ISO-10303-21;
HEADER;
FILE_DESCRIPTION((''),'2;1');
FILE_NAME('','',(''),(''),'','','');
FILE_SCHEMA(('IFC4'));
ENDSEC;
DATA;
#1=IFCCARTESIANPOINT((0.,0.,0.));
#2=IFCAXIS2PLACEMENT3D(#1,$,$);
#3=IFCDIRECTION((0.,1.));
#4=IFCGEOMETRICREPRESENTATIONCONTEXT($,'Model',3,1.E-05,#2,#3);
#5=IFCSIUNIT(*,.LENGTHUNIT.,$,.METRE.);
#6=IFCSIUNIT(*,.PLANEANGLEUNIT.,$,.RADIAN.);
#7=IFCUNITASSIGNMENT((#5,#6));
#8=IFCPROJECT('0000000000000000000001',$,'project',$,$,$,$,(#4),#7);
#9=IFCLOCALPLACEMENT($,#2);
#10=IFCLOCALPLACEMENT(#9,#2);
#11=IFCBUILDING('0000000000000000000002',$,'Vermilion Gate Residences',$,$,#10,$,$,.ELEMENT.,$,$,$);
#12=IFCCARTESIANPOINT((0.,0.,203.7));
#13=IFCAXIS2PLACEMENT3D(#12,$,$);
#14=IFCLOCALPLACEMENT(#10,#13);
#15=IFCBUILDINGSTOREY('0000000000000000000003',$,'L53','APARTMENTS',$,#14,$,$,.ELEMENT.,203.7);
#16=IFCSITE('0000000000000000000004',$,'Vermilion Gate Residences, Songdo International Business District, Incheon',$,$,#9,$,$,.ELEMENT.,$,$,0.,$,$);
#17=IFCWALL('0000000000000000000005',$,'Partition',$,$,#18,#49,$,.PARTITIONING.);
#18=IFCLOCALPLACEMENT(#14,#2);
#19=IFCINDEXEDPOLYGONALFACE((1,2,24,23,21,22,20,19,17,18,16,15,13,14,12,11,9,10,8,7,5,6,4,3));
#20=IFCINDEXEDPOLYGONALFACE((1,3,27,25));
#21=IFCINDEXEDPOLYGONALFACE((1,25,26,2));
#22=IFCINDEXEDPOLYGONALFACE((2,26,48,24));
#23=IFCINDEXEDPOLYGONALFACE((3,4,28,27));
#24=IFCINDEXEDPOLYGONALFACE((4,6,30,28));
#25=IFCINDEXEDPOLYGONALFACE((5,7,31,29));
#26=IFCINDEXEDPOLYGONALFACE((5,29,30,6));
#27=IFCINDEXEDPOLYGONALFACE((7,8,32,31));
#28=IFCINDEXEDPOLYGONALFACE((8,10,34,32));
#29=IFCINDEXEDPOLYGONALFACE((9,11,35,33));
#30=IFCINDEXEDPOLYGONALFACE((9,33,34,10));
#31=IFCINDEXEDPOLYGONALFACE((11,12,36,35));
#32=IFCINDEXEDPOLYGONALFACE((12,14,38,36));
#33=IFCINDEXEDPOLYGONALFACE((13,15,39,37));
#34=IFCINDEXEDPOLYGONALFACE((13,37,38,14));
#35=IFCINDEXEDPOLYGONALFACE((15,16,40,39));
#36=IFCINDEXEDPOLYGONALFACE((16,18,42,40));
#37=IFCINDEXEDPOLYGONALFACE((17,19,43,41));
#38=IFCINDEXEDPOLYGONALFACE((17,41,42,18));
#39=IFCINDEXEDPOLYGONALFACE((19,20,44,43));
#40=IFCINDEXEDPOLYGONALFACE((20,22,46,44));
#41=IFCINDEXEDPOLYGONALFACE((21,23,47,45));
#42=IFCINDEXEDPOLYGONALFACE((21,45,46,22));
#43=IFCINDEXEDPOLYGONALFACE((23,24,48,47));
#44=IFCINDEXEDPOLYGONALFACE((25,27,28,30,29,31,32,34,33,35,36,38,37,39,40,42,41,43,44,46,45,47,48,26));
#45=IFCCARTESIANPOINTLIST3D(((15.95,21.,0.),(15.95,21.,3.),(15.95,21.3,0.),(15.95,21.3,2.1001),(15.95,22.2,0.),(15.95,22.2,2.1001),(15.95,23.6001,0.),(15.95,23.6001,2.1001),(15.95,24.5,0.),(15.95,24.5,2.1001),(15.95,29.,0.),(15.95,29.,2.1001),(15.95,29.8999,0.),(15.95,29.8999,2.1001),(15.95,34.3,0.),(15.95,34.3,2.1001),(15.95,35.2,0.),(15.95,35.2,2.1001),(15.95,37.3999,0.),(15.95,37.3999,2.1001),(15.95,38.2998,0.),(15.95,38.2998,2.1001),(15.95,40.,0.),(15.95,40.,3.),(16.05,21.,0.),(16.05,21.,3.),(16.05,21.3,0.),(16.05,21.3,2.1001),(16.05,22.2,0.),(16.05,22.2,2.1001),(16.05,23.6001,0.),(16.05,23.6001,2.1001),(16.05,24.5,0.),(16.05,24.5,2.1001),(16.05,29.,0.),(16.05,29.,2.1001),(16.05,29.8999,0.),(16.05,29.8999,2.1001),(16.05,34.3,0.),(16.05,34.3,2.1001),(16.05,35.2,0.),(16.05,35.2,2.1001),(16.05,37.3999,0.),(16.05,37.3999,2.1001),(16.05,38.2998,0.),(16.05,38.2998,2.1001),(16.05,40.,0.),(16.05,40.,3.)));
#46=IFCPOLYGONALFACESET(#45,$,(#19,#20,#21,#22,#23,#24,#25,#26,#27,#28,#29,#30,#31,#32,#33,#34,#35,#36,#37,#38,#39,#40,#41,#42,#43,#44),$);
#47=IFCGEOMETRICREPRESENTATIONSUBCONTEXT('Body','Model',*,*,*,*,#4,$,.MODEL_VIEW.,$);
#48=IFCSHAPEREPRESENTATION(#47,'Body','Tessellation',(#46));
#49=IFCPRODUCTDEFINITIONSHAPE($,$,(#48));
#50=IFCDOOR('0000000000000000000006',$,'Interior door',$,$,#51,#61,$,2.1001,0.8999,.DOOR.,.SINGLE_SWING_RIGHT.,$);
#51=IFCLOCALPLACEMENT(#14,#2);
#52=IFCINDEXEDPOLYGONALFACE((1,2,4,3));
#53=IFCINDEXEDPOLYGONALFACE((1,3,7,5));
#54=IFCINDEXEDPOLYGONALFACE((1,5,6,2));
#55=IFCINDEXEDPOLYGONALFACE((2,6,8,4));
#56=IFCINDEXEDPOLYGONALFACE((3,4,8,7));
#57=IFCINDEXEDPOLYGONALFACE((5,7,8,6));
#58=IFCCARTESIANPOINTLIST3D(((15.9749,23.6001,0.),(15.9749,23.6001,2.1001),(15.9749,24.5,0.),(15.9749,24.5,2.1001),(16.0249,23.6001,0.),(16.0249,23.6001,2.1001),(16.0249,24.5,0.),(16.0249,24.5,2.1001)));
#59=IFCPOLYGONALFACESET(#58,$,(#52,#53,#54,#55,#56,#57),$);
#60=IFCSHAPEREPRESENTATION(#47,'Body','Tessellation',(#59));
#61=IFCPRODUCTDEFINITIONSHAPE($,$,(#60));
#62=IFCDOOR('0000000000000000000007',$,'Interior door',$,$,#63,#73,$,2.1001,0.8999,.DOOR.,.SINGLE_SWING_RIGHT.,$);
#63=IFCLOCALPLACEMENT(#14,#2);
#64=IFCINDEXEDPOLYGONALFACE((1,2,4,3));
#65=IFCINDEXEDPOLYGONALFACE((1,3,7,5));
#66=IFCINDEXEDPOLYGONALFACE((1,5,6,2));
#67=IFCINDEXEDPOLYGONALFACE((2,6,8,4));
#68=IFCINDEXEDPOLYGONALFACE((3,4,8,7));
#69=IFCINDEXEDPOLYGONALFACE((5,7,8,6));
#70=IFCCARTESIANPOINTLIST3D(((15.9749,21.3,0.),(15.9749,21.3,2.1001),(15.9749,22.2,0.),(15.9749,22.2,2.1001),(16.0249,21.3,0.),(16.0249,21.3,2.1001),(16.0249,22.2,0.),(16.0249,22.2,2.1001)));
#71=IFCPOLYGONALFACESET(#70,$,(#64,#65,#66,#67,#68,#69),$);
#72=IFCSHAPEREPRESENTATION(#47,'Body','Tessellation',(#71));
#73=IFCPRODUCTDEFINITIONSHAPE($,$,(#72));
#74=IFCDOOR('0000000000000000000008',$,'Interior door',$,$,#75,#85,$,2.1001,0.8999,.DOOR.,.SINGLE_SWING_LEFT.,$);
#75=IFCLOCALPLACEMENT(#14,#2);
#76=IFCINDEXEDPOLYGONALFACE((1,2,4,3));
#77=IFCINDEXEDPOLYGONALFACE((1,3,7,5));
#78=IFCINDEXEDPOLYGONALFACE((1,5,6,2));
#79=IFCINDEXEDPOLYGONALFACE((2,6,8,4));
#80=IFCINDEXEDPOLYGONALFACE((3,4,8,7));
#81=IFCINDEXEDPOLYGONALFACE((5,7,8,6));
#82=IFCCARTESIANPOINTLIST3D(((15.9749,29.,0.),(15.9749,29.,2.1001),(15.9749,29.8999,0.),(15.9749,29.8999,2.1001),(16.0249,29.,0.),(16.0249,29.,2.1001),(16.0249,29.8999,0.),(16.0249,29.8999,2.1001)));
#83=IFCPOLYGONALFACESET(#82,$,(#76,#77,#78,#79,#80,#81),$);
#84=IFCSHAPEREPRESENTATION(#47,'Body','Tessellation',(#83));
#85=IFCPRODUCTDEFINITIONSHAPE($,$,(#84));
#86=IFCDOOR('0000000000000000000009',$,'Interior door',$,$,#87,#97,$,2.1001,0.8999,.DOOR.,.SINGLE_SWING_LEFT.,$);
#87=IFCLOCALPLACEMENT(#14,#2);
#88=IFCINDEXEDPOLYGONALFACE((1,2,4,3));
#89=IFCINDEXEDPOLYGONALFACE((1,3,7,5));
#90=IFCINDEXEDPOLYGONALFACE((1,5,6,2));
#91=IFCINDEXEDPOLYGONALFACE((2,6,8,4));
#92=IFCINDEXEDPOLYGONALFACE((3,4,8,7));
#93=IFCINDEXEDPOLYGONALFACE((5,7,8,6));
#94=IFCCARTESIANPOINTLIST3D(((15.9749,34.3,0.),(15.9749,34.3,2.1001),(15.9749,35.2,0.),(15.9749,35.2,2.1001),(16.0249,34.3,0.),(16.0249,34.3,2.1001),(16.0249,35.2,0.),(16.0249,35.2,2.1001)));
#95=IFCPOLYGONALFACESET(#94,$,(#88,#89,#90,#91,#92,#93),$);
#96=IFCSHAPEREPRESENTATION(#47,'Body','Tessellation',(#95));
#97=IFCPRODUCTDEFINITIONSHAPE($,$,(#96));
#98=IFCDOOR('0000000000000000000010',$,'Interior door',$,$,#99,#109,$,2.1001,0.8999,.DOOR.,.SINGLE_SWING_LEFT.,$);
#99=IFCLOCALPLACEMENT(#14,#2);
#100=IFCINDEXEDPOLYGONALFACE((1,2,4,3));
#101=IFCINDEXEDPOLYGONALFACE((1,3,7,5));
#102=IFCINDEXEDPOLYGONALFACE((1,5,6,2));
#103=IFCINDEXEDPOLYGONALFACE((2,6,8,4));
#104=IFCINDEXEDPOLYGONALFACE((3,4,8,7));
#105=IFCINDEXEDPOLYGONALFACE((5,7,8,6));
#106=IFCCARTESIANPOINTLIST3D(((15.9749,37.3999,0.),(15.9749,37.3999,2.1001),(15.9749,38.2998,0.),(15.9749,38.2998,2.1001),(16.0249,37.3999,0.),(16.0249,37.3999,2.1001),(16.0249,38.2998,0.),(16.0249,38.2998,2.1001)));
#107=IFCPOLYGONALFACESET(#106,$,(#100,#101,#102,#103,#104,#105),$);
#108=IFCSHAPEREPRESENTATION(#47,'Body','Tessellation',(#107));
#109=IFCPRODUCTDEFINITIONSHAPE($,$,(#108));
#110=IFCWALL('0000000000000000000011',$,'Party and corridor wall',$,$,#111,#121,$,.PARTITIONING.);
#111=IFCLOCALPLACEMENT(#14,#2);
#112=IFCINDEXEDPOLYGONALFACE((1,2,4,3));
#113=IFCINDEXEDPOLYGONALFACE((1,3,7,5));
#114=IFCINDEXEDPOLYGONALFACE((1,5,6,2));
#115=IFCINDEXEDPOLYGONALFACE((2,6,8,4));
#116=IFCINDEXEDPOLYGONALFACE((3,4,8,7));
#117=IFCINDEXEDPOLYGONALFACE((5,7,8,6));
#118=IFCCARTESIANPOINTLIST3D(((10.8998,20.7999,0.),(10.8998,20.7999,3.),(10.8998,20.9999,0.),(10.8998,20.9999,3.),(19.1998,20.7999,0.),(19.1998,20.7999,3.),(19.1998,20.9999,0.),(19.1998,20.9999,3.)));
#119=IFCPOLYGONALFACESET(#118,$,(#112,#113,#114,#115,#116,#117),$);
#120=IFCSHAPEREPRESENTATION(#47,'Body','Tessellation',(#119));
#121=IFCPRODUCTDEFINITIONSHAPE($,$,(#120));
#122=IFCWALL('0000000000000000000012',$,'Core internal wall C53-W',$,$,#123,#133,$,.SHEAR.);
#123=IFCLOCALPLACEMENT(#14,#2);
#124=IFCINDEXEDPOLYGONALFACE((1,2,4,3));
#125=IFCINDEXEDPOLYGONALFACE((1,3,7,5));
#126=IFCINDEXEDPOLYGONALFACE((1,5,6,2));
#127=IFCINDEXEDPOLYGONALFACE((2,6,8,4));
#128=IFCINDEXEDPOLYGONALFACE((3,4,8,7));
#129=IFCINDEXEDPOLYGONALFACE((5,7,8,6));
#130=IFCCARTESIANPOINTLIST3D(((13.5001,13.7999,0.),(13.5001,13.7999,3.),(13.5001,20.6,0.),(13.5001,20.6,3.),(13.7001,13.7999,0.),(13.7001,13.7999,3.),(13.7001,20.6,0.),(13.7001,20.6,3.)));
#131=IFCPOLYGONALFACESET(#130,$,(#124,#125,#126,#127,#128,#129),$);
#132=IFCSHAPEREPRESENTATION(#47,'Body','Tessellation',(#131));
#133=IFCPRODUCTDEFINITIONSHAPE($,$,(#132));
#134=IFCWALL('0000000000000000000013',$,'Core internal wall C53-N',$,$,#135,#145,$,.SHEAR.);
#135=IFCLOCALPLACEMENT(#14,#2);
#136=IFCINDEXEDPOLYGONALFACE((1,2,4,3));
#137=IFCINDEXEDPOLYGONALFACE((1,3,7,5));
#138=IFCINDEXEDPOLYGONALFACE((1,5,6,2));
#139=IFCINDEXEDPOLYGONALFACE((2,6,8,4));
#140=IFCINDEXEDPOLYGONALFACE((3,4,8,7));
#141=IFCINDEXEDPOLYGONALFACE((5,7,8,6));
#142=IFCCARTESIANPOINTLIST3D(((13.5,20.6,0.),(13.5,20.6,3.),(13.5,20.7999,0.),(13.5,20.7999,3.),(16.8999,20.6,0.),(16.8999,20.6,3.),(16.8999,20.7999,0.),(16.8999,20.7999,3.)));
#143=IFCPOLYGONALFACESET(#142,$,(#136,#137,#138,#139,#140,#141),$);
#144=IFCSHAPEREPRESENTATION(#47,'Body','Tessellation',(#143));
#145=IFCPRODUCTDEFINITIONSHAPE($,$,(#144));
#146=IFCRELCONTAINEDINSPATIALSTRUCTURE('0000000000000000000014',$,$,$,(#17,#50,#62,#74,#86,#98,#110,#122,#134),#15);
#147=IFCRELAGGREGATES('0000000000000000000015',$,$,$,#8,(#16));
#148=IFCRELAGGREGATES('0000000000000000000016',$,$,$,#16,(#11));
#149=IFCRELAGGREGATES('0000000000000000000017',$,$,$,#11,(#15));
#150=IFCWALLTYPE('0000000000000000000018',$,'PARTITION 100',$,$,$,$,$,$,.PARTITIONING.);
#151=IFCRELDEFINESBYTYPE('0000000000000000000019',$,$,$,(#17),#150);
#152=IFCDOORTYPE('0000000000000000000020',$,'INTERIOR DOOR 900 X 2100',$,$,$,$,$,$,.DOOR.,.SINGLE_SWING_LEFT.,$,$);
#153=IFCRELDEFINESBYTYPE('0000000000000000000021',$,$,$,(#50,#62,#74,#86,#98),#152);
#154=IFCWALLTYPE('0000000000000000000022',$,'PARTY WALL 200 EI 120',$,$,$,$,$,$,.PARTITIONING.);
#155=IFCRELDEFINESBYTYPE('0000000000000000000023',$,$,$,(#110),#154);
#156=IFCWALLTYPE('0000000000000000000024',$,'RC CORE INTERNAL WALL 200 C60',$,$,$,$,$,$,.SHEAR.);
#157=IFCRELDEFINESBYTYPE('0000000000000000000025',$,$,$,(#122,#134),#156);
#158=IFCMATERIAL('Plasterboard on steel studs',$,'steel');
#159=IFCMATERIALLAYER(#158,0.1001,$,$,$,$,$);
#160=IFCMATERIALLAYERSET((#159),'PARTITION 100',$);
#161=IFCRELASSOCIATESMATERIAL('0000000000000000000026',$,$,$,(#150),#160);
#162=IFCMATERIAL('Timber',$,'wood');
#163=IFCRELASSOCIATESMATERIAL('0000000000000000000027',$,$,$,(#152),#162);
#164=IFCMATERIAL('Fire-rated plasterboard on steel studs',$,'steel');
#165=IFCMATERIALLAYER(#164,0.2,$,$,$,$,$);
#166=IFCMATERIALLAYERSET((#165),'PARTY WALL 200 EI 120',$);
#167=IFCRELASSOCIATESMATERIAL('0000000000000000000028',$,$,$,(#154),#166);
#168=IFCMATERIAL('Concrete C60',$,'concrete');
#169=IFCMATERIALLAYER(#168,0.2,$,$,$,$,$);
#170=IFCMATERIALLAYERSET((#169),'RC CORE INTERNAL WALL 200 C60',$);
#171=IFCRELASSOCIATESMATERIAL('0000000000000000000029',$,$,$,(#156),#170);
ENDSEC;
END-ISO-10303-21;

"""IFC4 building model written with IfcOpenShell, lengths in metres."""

from ifc_helpers import new_model, si_unit, direction, frame, frame_2d, origin, place, context, subcontext, project, spatial, rectangle, extrude, material, layer, layer_set, type_object, element, fill, save


model = new_model("IFC4")

# Units and contexts
model_context = context("Model", 3, precision=1e-05, world=origin(), true_north=direction((0.0, 1.0)))
body_context = subcontext(model_context, "Body", "Model", "MODEL_VIEW")
ifc_project = project(units=[si_unit("LENGTHUNIT", "METRE"), si_unit("PLANEANGLEUNIT", "RADIAN")], contexts=[model_context])

# Site, building, storey
site_placement = place(None, origin())
site = spatial("IfcSite", under=ifc_project, at=site_placement, Name="Vermilion Gate Residences, Songdo International Business District, Incheon", CompositionType="ELEMENT", RefElevation=0.0)
building_placement = place(site_placement, origin())
building = spatial("IfcBuilding", under=site, at=building_placement, Name="Vermilion Gate Residences", CompositionType="ELEMENT")
storey_placement = place(building_placement, frame((0.0, 0.0, 203.7)))
storey = spatial("IfcBuildingStorey", under=building, at=storey_placement, Name="L53", Description="APARTMENTS", CompositionType="ELEMENT", Elevation=203.7)

# Wall, openings, doors
ifc_material_1 = material(Name="Plasterboard on steel studs", Category="steel")
ifc_layer_1 = layer(ifc_material_1, 0.1001)
ifc_layer_set_1 = layer_set([ifc_layer_1], Name="PARTITION 100")
wall_type_1 = type_object("IfcWallType", Name="PARTITION 100", PredefinedType="PARTITIONING", material=ifc_layer_set_1)
ifc_material_2 = material(Name="Timber", Category="wood")
door_type_1 = type_object("IfcDoorType", Name="INTERIOR DOOR 900 X 2100", OperationType="SINGLE_SWING_LEFT", PredefinedType="DOOR", material=ifc_material_2)
wall_1_placement = place(storey_placement, frame((16.0, 21.0, 0.0), z_axis=(0.0, 0.0, 1.0), x_axis=(0.0, 1.0, 0.0)))
wall_1 = element("IfcWall", 1, at=wall_1_placement, inside=storey, type_object=wall_type_1, Name="Partition", PredefinedType="PARTITIONING", context=body_context, shape_type="SweptSolid", body=[
    extrude(rectangle(XDim=19.0, YDim=0.1001, at=frame_2d((9.5, 0.0))), origin(), (0.0, 0.0, 1.0), 3.0),
])
opening_1_placement = place(wall_1_placement, frame((2.6001, 0.0, 0.0)))
opening_1 = element("IfcOpeningElement", 2, at=opening_1_placement, cuts=wall_1, PredefinedType="OPENING", context=body_context, shape_type="SweptSolid", body=[
    extrude(rectangle(XDim=0.8999, YDim=2.1001, at=frame_2d((0.45, 1.05))), frame((0.0, 0.0601, 0.0), z_axis=(0.0, -1.0, 0.0), x_axis=(1.0, 0.0, 0.0)), (0.0, 0.0, 1.0), 0.1201),
])
opening_2_placement = place(wall_1_placement, frame((0.3, 0.0, 0.0)))
opening_2 = element("IfcOpeningElement", 3, at=opening_2_placement, cuts=wall_1, PredefinedType="OPENING", context=body_context, shape_type="SweptSolid", body=[
    extrude(rectangle(XDim=0.8999, YDim=2.1001, at=frame_2d((0.45, 1.05))), frame((0.0, 0.0601, 0.0), z_axis=(0.0, -1.0, 0.0), x_axis=(1.0, 0.0, 0.0)), (0.0, 0.0, 1.0), 0.1201),
])
opening_3_placement = place(wall_1_placement, frame((8.0, 0.0, 0.0)))
opening_3 = element("IfcOpeningElement", 4, at=opening_3_placement, cuts=wall_1, PredefinedType="OPENING", context=body_context, shape_type="SweptSolid", body=[
    extrude(rectangle(XDim=0.8999, YDim=2.1001, at=frame_2d((0.45, 1.05))), frame((0.0, 0.0601, 0.0), z_axis=(0.0, -1.0, 0.0), x_axis=(1.0, 0.0, 0.0)), (0.0, 0.0, 1.0), 0.1201),
])
opening_4_placement = place(wall_1_placement, frame((13.3, 0.0, 0.0)))
opening_4 = element("IfcOpeningElement", 5, at=opening_4_placement, cuts=wall_1, PredefinedType="OPENING", context=body_context, shape_type="SweptSolid", body=[
    extrude(rectangle(XDim=0.8999, YDim=2.1001, at=frame_2d((0.45, 1.05))), frame((0.0, 0.0601, 0.0), z_axis=(0.0, -1.0, 0.0), x_axis=(1.0, 0.0, 0.0)), (0.0, 0.0, 1.0), 0.1201),
])
opening_5_placement = place(wall_1_placement, frame((16.3999, 0.0, 0.0)))
opening_5 = element("IfcOpeningElement", 6, at=opening_5_placement, cuts=wall_1, PredefinedType="OPENING", context=body_context, shape_type="SweptSolid", body=[
    extrude(rectangle(XDim=0.8999, YDim=2.1001, at=frame_2d((0.45, 1.05))), frame((0.0, 0.0601, 0.0), z_axis=(0.0, -1.0, 0.0), x_axis=(1.0, 0.0, 0.0)), (0.0, 0.0, 1.0), 0.1201),
])
door_1_placement = place(opening_1_placement, frame((0.8999, 0.0, 0.0), z_axis=(0.0, 0.0, 1.0), x_axis=(-1.0, 0.0, 0.0)))
door_1 = element("IfcDoor", 7, at=door_1_placement, inside=storey, type_object=door_type_1, Name="Interior door", OperationType="SINGLE_SWING_RIGHT", OverallHeight=2.1001, OverallWidth=0.8999, PredefinedType="DOOR", context=body_context, shape_type="SweptSolid", body=[
    extrude(rectangle(XDim=0.8999, YDim=2.1001, at=frame_2d((0.45, 1.05))), frame((0.0, 0.0249, 0.0), z_axis=(0.0, -1.0, 0.0), x_axis=(1.0, 0.0, 0.0)), (0.0, 0.0, 1.0), 0.05),
])
fill(opening_1, door_1)
door_2_placement = place(opening_2_placement, frame((0.8999, 0.0, 0.0), z_axis=(0.0, 0.0, 1.0), x_axis=(-1.0, 0.0, 0.0)))
door_2 = element("IfcDoor", 8, at=door_2_placement, inside=storey, type_object=door_type_1, Name="Interior door", OperationType="SINGLE_SWING_RIGHT", OverallHeight=2.1001, OverallWidth=0.8999, PredefinedType="DOOR", context=body_context, shape_type="SweptSolid", body=[
    extrude(rectangle(XDim=0.8999, YDim=2.1001, at=frame_2d((0.45, 1.05))), frame((0.0, 0.0249, 0.0), z_axis=(0.0, -1.0, 0.0), x_axis=(1.0, 0.0, 0.0)), (0.0, 0.0, 1.0), 0.05),
])
fill(opening_2, door_2)
door_3_placement = place(opening_3_placement, frame((0.8999, 0.0, 0.0), z_axis=(0.0, 0.0, 1.0), x_axis=(-1.0, 0.0, 0.0)))
door_3 = element("IfcDoor", 9, at=door_3_placement, inside=storey, type_object=door_type_1, Name="Interior door", OperationType="SINGLE_SWING_LEFT", OverallHeight=2.1001, OverallWidth=0.8999, PredefinedType="DOOR", context=body_context, shape_type="SweptSolid", body=[
    extrude(rectangle(XDim=0.8999, YDim=2.1001, at=frame_2d((0.45, 1.05))), frame((0.0, 0.0249, 0.0), z_axis=(0.0, -1.0, 0.0), x_axis=(1.0, 0.0, 0.0)), (0.0, 0.0, 1.0), 0.05),
])
fill(opening_3, door_3)
door_4_placement = place(opening_4_placement, frame((0.8999, 0.0, 0.0), z_axis=(0.0, 0.0, 1.0), x_axis=(-1.0, 0.0, 0.0)))
door_4 = element("IfcDoor", 10, at=door_4_placement, inside=storey, type_object=door_type_1, Name="Interior door", OperationType="SINGLE_SWING_LEFT", OverallHeight=2.1001, OverallWidth=0.8999, PredefinedType="DOOR", context=body_context, shape_type="SweptSolid", body=[
    extrude(rectangle(XDim=0.8999, YDim=2.1001, at=frame_2d((0.45, 1.05))), frame((0.0, 0.0249, 0.0), z_axis=(0.0, -1.0, 0.0), x_axis=(1.0, 0.0, 0.0)), (0.0, 0.0, 1.0), 0.05),
])
fill(opening_4, door_4)
door_5_placement = place(opening_5_placement, frame((0.8999, 0.0, 0.0), z_axis=(0.0, 0.0, 1.0), x_axis=(-1.0, 0.0, 0.0)))
door_5 = element("IfcDoor", 11, at=door_5_placement, inside=storey, type_object=door_type_1, Name="Interior door", OperationType="SINGLE_SWING_LEFT", OverallHeight=2.1001, OverallWidth=0.8999, PredefinedType="DOOR", context=body_context, shape_type="SweptSolid", body=[
    extrude(rectangle(XDim=0.8999, YDim=2.1001, at=frame_2d((0.45, 1.05))), frame((0.0, 0.0249, 0.0), z_axis=(0.0, -1.0, 0.0), x_axis=(1.0, 0.0, 0.0)), (0.0, 0.0, 1.0), 0.05),
])
fill(opening_5, door_5)

# Walls
ifc_material_3 = material(Name="Fire-rated plasterboard on steel studs", Category="steel")
ifc_layer_2 = layer(ifc_material_3, 0.2)
ifc_layer_set_2 = layer_set([ifc_layer_2], Name="PARTY WALL 200 EI 120")
wall_type_2 = type_object("IfcWallType", Name="PARTY WALL 200 EI 120", PredefinedType="PARTITIONING", material=ifc_layer_set_2)
wall_2_placement = place(storey_placement, frame((10.8999, 20.8999, 0.0), z_axis=(0.0, 0.0, 1.0), x_axis=(1.0, 0.0, 0.0)))
element("IfcWall", 12, at=wall_2_placement, inside=storey, type_object=wall_type_2, Name="Party and corridor wall", PredefinedType="PARTITIONING", context=body_context, shape_type="SweptSolid", body=[
    extrude(rectangle(XDim=8.3, YDim=0.2, at=frame_2d((4.1499, 0.0))), origin(), (0.0, 0.0, 1.0), 3.0),
])
ifc_material_4 = material(Name="Concrete C60", Category="concrete")
ifc_layer_3 = layer(ifc_material_4, 0.2)
ifc_layer_set_3 = layer_set([ifc_layer_3], Name="RC CORE INTERNAL WALL 200 C60")
wall_type_3 = type_object("IfcWallType", Name="RC CORE INTERNAL WALL 200 C60", PredefinedType="SHEAR", material=ifc_layer_set_3)
wall_3_placement = place(storey_placement, frame((13.6001, 13.8, 0.0), z_axis=(0.0, 0.0, 1.0), x_axis=(0.0, 1.0, 0.0)))
element("IfcWall", 13, at=wall_3_placement, inside=storey, type_object=wall_type_3, Name="Core internal wall C53-W", PredefinedType="SHEAR", context=body_context, shape_type="SweptSolid", body=[
    extrude(rectangle(XDim=6.8, YDim=0.2, at=frame_2d((3.3999, 0.0))), origin(), (0.0, 0.0, 1.0), 3.0),
])
wall_4_placement = place(storey_placement, frame((13.5, 20.7, 0.0), z_axis=(0.0, 0.0, 1.0), x_axis=(1.0, 0.0, 0.0)))
element("IfcWall", 14, at=wall_4_placement, inside=storey, type_object=wall_type_3, Name="Core internal wall C53-N", PredefinedType="SHEAR", context=body_context, shape_type="SweptSolid", body=[
    extrude(rectangle(XDim=3.3999, YDim=0.2, at=frame_2d((1.7, 0.0))), origin(), (0.0, 0.0, 1.0), 3.0),
])

save(model, "model.ifc")
